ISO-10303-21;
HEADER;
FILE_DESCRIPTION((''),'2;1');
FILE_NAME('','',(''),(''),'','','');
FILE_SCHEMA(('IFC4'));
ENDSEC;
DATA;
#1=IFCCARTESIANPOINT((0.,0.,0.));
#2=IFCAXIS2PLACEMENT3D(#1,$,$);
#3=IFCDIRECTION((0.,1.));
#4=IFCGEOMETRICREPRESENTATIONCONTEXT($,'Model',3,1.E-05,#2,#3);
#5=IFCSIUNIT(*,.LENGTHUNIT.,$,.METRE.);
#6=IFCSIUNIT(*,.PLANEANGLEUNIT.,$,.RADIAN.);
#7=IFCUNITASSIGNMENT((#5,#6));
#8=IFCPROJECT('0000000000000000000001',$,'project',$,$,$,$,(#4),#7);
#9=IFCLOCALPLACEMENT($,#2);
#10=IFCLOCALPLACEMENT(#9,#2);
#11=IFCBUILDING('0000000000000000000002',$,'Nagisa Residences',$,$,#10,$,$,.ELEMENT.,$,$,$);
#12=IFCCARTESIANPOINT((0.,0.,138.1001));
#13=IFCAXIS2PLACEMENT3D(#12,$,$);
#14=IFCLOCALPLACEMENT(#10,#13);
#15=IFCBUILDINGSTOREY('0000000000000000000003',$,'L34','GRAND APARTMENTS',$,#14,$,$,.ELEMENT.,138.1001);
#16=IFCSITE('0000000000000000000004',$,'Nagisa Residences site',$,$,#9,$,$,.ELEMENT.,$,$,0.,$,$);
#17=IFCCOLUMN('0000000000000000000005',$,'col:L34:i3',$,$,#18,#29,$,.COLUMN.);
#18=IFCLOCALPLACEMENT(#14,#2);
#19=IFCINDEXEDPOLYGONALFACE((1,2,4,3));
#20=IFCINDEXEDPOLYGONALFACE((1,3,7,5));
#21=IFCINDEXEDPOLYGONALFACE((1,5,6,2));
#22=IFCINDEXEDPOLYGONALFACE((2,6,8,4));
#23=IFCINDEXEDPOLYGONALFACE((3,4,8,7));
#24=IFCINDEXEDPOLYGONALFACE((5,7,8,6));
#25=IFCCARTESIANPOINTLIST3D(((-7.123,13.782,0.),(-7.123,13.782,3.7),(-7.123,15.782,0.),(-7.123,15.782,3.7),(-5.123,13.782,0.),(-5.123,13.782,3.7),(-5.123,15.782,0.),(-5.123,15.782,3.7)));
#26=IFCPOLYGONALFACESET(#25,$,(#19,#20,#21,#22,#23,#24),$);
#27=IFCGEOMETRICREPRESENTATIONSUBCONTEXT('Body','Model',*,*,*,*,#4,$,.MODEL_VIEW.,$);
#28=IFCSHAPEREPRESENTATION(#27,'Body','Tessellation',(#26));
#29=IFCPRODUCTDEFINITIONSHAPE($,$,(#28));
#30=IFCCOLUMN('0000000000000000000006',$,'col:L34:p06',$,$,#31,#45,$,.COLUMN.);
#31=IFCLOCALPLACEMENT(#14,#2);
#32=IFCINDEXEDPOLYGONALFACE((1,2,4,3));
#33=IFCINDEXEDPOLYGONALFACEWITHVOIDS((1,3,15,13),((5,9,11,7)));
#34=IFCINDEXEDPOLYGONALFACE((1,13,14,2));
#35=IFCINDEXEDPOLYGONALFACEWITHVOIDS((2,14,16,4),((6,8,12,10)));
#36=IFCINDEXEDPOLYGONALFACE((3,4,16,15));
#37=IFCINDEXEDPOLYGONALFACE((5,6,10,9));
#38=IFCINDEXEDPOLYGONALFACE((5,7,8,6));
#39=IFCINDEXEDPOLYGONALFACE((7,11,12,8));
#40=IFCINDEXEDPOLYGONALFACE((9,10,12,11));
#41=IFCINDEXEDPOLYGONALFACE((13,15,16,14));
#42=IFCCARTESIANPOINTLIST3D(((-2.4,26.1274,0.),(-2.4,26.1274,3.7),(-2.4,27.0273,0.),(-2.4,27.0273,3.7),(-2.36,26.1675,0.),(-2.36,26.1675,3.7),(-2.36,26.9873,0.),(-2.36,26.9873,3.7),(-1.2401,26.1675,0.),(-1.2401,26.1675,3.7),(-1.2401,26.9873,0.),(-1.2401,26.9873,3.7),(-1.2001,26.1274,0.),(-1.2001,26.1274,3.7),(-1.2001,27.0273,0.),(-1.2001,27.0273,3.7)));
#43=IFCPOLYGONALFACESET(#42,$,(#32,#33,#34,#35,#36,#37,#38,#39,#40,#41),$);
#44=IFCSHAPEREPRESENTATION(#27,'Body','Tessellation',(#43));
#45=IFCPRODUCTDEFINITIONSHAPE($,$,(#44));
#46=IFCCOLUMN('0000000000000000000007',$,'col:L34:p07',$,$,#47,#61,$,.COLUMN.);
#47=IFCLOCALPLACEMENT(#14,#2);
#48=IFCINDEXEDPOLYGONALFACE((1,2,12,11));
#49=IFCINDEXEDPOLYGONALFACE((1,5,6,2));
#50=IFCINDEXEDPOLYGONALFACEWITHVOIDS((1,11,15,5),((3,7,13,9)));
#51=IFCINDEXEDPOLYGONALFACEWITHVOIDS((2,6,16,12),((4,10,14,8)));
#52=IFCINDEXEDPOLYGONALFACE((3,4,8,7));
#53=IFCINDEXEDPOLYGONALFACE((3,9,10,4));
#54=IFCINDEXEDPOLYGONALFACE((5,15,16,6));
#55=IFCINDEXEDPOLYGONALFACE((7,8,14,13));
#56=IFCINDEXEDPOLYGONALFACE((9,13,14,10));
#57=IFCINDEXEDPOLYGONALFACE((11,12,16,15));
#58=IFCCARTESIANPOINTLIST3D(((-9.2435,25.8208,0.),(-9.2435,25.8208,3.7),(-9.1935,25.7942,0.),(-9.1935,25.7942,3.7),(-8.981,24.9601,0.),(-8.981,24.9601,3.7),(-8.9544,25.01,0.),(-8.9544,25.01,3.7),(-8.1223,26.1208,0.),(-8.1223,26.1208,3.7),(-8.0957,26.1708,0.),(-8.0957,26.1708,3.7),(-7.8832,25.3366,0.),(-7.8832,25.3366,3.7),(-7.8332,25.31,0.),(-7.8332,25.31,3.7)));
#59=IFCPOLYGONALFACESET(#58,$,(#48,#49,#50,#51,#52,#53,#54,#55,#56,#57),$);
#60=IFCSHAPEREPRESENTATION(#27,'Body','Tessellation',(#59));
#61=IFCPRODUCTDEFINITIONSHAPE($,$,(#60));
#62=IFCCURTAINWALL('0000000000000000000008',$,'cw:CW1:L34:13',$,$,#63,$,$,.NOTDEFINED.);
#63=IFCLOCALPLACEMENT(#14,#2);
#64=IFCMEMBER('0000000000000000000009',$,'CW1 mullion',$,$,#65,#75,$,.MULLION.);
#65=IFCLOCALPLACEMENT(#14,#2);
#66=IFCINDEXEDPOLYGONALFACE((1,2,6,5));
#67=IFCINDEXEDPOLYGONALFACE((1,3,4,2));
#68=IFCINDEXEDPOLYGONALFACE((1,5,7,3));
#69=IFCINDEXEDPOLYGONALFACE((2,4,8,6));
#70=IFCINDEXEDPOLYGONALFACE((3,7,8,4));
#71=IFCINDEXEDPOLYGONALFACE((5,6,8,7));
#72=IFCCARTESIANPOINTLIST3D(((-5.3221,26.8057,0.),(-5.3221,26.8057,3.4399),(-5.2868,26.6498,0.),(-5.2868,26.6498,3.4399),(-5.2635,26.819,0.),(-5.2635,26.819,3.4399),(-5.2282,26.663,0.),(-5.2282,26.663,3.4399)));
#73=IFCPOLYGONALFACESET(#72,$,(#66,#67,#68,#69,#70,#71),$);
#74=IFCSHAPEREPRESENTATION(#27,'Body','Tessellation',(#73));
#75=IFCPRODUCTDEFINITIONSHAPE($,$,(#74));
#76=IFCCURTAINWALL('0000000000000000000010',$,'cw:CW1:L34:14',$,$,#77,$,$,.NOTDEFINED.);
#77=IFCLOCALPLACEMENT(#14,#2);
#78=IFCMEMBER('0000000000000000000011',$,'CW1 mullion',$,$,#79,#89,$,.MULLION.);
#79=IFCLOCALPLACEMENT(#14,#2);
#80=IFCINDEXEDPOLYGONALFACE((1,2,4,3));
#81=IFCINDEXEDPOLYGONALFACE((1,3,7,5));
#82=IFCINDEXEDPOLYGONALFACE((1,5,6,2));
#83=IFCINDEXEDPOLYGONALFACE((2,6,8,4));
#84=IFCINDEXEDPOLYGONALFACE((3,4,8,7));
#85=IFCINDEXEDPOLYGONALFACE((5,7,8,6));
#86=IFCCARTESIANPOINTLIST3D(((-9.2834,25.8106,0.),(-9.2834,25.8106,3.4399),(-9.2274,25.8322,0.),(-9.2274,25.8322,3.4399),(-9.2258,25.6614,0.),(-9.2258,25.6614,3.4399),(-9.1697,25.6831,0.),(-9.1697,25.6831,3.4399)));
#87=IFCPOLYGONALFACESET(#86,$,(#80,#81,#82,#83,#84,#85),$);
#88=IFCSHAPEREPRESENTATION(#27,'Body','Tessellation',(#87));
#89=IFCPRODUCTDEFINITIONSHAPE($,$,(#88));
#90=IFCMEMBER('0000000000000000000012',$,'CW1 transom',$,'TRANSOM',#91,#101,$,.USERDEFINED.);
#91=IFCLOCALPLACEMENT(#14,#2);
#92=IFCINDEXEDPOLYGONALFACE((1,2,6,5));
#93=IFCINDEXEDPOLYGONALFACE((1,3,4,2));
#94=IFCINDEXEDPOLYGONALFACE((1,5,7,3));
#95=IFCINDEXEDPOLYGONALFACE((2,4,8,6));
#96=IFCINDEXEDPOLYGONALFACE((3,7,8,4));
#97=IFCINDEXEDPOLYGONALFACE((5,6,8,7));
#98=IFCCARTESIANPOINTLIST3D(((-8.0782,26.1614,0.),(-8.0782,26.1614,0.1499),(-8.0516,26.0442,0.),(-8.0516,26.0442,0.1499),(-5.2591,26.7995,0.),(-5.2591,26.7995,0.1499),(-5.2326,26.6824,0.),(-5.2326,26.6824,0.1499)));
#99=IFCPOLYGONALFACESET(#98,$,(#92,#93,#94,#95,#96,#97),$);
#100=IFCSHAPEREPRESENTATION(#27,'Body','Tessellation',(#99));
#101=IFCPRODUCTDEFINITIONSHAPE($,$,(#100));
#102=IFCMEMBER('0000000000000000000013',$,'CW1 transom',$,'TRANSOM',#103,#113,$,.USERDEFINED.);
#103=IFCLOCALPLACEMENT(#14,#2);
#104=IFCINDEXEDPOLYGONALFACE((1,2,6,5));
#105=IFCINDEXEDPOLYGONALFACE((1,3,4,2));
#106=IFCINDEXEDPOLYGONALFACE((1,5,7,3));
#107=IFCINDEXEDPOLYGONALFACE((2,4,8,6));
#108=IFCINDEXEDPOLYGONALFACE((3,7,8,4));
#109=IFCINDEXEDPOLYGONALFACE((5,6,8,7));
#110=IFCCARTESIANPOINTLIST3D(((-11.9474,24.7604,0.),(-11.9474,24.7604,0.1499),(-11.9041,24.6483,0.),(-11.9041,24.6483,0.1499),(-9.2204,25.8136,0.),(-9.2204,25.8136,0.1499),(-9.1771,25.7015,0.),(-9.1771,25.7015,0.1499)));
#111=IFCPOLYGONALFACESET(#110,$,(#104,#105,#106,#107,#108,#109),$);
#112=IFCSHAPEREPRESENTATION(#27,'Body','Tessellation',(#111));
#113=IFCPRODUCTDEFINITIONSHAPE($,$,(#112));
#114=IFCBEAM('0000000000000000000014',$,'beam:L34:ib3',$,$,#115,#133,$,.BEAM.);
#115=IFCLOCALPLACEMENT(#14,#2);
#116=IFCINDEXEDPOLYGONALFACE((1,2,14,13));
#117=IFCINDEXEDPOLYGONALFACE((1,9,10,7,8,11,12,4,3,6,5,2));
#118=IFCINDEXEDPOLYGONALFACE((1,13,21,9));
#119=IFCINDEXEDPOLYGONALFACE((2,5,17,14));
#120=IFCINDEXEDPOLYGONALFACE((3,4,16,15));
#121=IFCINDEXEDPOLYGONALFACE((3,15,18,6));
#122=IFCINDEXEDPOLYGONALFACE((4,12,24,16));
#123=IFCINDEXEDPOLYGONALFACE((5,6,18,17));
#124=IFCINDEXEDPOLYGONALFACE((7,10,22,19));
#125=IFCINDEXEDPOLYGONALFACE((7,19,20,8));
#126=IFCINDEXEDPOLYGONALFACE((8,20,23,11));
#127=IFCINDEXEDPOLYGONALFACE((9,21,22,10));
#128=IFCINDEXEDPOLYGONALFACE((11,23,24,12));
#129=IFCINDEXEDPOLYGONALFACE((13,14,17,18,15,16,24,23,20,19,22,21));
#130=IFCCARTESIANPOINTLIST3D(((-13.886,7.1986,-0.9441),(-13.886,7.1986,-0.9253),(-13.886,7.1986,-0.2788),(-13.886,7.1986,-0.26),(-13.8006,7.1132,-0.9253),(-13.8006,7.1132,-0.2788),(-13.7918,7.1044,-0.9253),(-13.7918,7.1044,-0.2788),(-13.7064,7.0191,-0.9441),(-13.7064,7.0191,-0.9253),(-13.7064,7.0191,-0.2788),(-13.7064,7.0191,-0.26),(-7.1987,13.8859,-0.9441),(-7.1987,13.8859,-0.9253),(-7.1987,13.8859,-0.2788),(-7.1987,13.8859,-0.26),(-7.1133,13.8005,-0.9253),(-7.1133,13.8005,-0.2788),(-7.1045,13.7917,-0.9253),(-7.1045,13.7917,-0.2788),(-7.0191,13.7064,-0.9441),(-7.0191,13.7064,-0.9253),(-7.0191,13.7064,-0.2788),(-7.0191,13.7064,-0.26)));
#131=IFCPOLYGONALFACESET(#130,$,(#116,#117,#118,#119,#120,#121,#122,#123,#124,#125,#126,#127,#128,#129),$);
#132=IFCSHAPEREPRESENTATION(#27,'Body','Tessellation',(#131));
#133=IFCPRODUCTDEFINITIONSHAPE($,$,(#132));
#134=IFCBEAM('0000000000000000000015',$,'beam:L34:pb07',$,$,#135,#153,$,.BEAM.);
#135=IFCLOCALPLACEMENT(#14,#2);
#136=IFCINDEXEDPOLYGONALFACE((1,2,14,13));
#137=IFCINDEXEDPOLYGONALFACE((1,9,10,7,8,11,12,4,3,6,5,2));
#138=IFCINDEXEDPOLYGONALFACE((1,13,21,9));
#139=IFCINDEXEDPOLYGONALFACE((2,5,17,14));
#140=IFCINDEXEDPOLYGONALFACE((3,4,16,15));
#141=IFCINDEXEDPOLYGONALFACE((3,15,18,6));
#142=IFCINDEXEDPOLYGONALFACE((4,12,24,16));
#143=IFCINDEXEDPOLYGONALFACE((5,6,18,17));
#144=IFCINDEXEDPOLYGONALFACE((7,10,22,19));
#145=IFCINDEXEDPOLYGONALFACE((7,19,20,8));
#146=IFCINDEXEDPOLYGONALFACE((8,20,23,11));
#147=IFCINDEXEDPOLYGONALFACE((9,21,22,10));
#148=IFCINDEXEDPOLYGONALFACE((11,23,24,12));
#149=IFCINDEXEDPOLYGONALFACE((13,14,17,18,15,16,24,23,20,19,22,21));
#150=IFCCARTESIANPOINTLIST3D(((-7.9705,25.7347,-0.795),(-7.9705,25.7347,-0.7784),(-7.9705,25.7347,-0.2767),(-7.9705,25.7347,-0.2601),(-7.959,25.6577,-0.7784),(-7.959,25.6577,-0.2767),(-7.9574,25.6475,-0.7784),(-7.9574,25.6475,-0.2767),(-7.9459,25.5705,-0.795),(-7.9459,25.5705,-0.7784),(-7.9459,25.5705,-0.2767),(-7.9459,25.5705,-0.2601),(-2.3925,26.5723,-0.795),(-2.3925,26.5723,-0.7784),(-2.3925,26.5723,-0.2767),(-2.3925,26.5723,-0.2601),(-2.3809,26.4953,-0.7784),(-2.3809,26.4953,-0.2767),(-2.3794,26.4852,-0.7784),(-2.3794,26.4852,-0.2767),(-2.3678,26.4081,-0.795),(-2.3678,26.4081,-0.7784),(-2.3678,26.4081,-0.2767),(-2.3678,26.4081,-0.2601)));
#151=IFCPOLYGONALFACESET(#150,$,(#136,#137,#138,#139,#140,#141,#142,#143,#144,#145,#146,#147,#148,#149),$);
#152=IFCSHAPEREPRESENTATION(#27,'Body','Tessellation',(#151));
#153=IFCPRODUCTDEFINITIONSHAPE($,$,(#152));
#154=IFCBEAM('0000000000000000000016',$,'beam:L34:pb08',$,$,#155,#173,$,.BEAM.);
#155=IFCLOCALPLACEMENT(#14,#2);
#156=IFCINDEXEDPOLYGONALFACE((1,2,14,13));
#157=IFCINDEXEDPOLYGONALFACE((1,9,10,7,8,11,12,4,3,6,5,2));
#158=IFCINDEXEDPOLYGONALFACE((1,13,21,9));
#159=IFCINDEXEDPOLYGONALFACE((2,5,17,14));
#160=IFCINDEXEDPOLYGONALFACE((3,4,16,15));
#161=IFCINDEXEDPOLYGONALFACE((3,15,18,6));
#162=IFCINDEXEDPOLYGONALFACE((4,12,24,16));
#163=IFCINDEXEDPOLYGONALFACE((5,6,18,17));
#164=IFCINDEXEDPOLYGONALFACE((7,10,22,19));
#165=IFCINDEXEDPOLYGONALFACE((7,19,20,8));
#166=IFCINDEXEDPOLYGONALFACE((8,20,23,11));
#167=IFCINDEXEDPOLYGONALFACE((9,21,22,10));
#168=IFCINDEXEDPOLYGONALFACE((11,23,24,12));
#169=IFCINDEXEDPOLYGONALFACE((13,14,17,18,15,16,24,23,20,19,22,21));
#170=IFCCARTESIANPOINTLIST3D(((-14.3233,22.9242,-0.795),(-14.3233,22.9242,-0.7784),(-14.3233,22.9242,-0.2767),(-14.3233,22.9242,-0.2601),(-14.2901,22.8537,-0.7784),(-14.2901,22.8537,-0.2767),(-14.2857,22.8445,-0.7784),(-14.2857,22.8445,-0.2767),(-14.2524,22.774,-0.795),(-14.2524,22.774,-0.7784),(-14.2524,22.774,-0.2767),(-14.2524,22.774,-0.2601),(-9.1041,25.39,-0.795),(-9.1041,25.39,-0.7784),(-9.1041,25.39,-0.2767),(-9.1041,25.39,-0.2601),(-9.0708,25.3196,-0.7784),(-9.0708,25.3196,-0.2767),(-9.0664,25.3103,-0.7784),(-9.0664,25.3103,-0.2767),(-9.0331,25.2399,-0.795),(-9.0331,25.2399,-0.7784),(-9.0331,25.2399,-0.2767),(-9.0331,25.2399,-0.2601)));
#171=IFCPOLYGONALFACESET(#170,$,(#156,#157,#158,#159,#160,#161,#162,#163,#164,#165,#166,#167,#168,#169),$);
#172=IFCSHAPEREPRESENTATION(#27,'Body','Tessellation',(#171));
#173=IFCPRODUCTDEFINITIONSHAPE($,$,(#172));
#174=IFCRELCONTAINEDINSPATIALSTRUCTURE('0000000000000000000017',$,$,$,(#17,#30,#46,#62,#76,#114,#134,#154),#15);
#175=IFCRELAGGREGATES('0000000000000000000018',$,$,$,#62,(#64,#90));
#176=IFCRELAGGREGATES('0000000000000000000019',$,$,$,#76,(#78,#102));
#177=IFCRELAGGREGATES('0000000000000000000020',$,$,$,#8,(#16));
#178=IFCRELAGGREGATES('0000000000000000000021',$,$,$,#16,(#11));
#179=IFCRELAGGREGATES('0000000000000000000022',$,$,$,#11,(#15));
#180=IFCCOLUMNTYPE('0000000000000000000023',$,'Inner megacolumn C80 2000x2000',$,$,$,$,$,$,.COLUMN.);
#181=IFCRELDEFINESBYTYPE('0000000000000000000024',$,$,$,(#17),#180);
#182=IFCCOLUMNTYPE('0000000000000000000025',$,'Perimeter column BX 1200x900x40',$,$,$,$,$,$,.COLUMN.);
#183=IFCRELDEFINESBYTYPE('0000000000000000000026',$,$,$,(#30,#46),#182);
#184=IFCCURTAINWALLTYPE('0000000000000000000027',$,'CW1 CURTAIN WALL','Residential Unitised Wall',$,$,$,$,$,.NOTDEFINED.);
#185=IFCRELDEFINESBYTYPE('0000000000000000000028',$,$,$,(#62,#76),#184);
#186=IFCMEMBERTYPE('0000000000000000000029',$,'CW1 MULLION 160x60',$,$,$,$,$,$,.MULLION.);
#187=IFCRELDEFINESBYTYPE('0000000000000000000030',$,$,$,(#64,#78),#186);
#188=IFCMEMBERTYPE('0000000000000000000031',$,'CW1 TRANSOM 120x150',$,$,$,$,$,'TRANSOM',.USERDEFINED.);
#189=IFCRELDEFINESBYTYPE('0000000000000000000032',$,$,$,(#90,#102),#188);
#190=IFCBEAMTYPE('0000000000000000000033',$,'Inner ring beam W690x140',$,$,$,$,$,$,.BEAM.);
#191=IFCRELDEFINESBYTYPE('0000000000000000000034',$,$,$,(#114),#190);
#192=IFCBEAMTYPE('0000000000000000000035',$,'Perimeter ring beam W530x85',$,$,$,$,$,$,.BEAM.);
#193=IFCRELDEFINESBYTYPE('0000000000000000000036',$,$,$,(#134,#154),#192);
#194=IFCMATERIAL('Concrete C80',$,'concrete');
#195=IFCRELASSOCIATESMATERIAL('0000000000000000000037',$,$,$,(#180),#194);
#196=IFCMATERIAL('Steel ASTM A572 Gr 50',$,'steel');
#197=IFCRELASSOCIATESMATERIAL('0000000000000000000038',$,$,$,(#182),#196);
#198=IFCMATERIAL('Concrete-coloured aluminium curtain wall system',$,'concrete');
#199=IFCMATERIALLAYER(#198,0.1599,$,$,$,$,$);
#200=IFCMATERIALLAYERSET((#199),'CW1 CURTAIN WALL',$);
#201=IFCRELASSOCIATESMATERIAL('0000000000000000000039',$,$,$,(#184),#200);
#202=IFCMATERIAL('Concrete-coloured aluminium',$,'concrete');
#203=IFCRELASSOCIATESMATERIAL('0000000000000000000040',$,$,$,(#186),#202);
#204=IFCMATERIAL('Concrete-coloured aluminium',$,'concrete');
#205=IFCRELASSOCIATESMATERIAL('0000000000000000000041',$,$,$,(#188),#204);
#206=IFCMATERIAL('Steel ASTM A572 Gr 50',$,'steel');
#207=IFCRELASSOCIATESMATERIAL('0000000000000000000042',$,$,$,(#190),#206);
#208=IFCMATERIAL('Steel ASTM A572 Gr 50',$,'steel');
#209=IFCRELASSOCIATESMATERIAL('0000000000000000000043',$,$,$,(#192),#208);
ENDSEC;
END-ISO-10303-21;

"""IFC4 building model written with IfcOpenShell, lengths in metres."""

from ifc_helpers import new_model, si_unit, direction, frame, origin, origin_2d, place, context, subcontext, project, spatial, rectangle, hollow_rectangle, i_section, extrude, material, layer, layer_set, material_profile, profile_set, type_object, element, aggregate, save


model = new_model("IFC4")

# Units and contexts
model_context = context("Model", 3, precision=1e-05, world=origin(), true_north=direction((0.0, 1.0)))
body_context = subcontext(model_context, "Body", "Model", "MODEL_VIEW")
ifc_project = project(units=[si_unit("LENGTHUNIT", "METRE"), si_unit("PLANEANGLEUNIT", "RADIAN")], contexts=[model_context])

# Site, building, storey
site_placement = place(None, origin())
site = spatial("IfcSite", under=ifc_project, at=site_placement, Name="Nagisa Residences site", CompositionType="ELEMENT", RefElevation=0.0)
building_placement = place(site_placement, origin())
building = spatial("IfcBuilding", under=site, at=building_placement, Name="Nagisa Residences", CompositionType="ELEMENT")
storey_placement = place(building_placement, frame((0.0, 0.0, 138.1001)))
storey = spatial("IfcBuildingStorey", under=building, at=storey_placement, Name="L34", Description="GRAND APARTMENTS", CompositionType="ELEMENT", Elevation=138.1001)

# Columns
ifc_material_1 = material(Name="Concrete C80", Category="concrete")
ifc_material_profile_1 = material_profile(ifc_material_1, rectangle(XDim=2.0, YDim=2.0, at=origin_2d()), Name="C80 2000x2000")
ifc_profile_set_1 = profile_set([ifc_material_profile_1], Name="Concrete C80")
column_type_1 = type_object("IfcColumnType", Name="Inner megacolumn C80 2000x2000", PredefinedType="COLUMN", material=ifc_profile_set_1)
column_placement = place(storey_placement, frame((-6.123, 14.782, 0.0), z_axis=(0.0, 0.0, 1.0), x_axis=(1.0, 0.0, 0.0)))
element("IfcColumn", 1, at=column_placement, inside=storey, type_object=column_type_1, Name="col:L34:i3", PredefinedType="COLUMN", context=body_context, shape_type="SweptSolid", body=[
    extrude(rectangle(XDim=2.0, YDim=2.0, at=origin_2d()), origin(), (0.0, 0.0, 1.0), 3.7),
])
ifc_material_2 = material(Name="Steel ASTM A572 Gr 50", Category="steel")
ifc_material_profile_2 = material_profile(ifc_material_2, hollow_rectangle(XDim=1.2, YDim=0.8999, WallThickness=0.04, at=origin_2d()), Name="BX 1200x900x40")
ifc_profile_set_2 = profile_set([ifc_material_profile_2], Name="Steel ASTM A572 Gr 50")
column_type_2 = type_object("IfcColumnType", Name="Perimeter column BX 1200x900x40", PredefinedType="COLUMN", material=ifc_profile_set_2)
for number, where, z_axis, x_axis, name in (
    (2, (-1.8, 26.5774, 0.0), (0.0, 0.0, 1.0), (-1.0, 0.0, 0.0), "col:L34:p06"),
    (3, (-8.5383, 25.5654, 0.0), (0.0, 0.0, 1.0), (-0.956525, -0.291652, 0.0), "col:L34:p07"),
):
    element("IfcColumn", number, at=place(storey_placement, frame(where, z_axis=z_axis, x_axis=x_axis)), inside=storey, type_object=column_type_2, Name=name, PredefinedType="COLUMN", context=body_context, shape_type="SweptSolid", body=[
        extrude(hollow_rectangle(XDim=1.2, YDim=0.8999, WallThickness=0.04, at=origin_2d()), origin(), (0.0, 0.0, 1.0), 3.7),
    ])

# Curtain walls, members
ifc_material_3 = material(Name="Concrete-coloured aluminium curtain wall system", Category="concrete")
ifc_layer_1 = layer(ifc_material_3, 0.1599)
ifc_layer_set_1 = layer_set([ifc_layer_1], Name="CW1 CURTAIN WALL")
curtain_wall_type = type_object("IfcCurtainWallType", Name="CW1 CURTAIN WALL", Description="Residential Unitised Wall", PredefinedType="NOTDEFINED", material=ifc_layer_set_1)
curtain_wall_1_placement = place(storey_placement, origin())
curtain_wall_1 = element("IfcCurtainWall", 4, at=curtain_wall_1_placement, inside=storey, type_object=curtain_wall_type, Name="cw:CW1:L34:13", PredefinedType="NOTDEFINED")
ifc_material_4 = material(Name="Concrete-coloured aluminium", Category="concrete")
ifc_material_profile_3 = material_profile(ifc_material_4, rectangle(XDim=0.1599, YDim=0.0601, at=origin_2d()), Name="CW1 MULLION 160x60")
ifc_profile_set_3 = profile_set([ifc_material_profile_3], Name="Concrete-coloured aluminium")
member_type_1 = type_object("IfcMemberType", Name="CW1 MULLION 160x60", PredefinedType="MULLION", material=ifc_profile_set_3)
member_1_placement = place(storey_placement, frame((-5.2751, 26.7344, 0.0), z_axis=(0.0, 0.0, 1.0), x_axis=(0.220764, -0.975327, 0.0)))
member_1 = element("IfcMember", 5, at=member_1_placement, type_object=member_type_1, Name="CW1 mullion", PredefinedType="MULLION", context=body_context, shape_type="SweptSolid", body=[
    extrude(rectangle(XDim=0.1599, YDim=0.0601, at=origin_2d()), origin(), (0.0, 0.0, 1.0), 3.4399),
])
curtain_wall_2_placement = place(storey_placement, origin())
curtain_wall_2 = element("IfcCurtainWall", 6, at=curtain_wall_2_placement, inside=storey, type_object=curtain_wall_type, Name="cw:CW1:L34:14", PredefinedType="NOTDEFINED")
member_2_placement = place(storey_placement, frame((-9.2266, 25.7468, 0.0), z_axis=(0.0, 0.0, 1.0), x_axis=(0.360328, -0.932826, 0.0)))
member_2 = element("IfcMember", 7, at=member_2_placement, type_object=member_type_1, Name="CW1 mullion", PredefinedType="MULLION", context=body_context, shape_type="SweptSolid", body=[
    extrude(rectangle(XDim=0.1599, YDim=0.0601, at=origin_2d()), origin(), (0.0, 0.0, 1.0), 3.4399),
])

# Members
ifc_material_5 = material(Name="Concrete-coloured aluminium", Category="concrete")
ifc_material_profile_4 = material_profile(ifc_material_5, rectangle(XDim=0.1201, YDim=0.1499, at=origin_2d()), Name="CW1 TRANSOM 120x150")
ifc_profile_set_4 = profile_set([ifc_material_profile_4], Name="Concrete-coloured aluminium")
member_type_2 = type_object("IfcMemberType", Name="CW1 TRANSOM 120x150", ElementType="TRANSOM", PredefinedType="USERDEFINED", material=ifc_profile_set_4)
member_3_placement = place(storey_placement, frame((-5.2458, 26.741, 0.075), z_axis=(-0.975321, -0.220792, 0.0), x_axis=(0.220792, -0.975321, 0.0)))
member_3 = element("IfcMember", 8, at=member_3_placement, type_object=member_type_2, Name="CW1 transom", ObjectType="TRANSOM", PredefinedType="USERDEFINED", context=body_context, shape_type="SweptSolid", body=[
    extrude(rectangle(XDim=0.1201, YDim=0.1499, at=origin_2d()), origin(), (0.0, 0.0, 1.0), 2.8904),
])
member_4_placement = place(storey_placement, frame((-9.1987, 25.7576, 0.075), z_axis=(-0.932845, -0.360277, 0.0), x_axis=(0.360277, -0.932845, 0.0)))
member_4 = element("IfcMember", 9, at=member_4_placement, type_object=member_type_2, Name="CW1 transom", ObjectType="TRANSOM", PredefinedType="USERDEFINED", context=body_context, shape_type="SweptSolid", body=[
    extrude(rectangle(XDim=0.1201, YDim=0.1499, at=origin_2d()), origin(), (0.0, 0.0, 1.0), 2.9233),
])

# Beams
ifc_material_6 = material(Name="Steel ASTM A572 Gr 50", Category="steel")
ifc_material_profile_5 = material_profile(ifc_material_6, i_section(OverallWidth=0.2539, OverallDepth=0.6841, WebThickness=0.0125, FlangeThickness=0.0188, at=origin_2d()), Name="W690x140")
ifc_profile_set_5 = profile_set([ifc_material_profile_5], Name="Steel ASTM A572 Gr 50")
beam_type_1 = type_object("IfcBeamType", Name="Inner ring beam W690x140", PredefinedType="BEAM", material=ifc_profile_set_5)
beam_1_placement = place(storey_placement, frame((-7.1089, 13.7961, -0.6021), z_axis=(-0.707107, -0.707107, 0.0), x_axis=(0.707107, -0.707107, 0.0)))
element("IfcBeam", 10, at=beam_1_placement, inside=storey, type_object=beam_type_1, Name="beam:L34:ib3", PredefinedType="BEAM", context=body_context, shape_type="SweptSolid", body=[
    extrude(i_section(OverallWidth=0.2539, OverallDepth=0.6841, WebThickness=0.0125, FlangeThickness=0.0188, at=origin_2d()), origin(), (0.0, 0.0, 1.0), 9.4573),
])
ifc_material_7 = material(Name="Steel ASTM A572 Gr 50", Category="steel")
ifc_material_profile_6 = material_profile(ifc_material_7, i_section(OverallWidth=0.166, OverallDepth=0.5349, WebThickness=0.0103, FlangeThickness=0.0166, at=origin_2d()), Name="W530x85")
ifc_profile_set_6 = profile_set([ifc_material_profile_6], Name="Steel ASTM A572 Gr 50")
beam_type_2 = type_object("IfcBeamType", Name="Perimeter ring beam W530x85", PredefinedType="BEAM", material=ifc_profile_set_6)
beam_2_placement = place(storey_placement, frame((-2.3801, 26.4902, -0.5276), z_axis=(-0.988912, -0.148501, 0.0), x_axis=(0.148501, -0.988912, 0.0)))
element("IfcBeam", 11, at=beam_2_placement, inside=storey, type_object=beam_type_2, Name="beam:L34:pb07", PredefinedType="BEAM", context=body_context, shape_type="SweptSolid", body=[
    extrude(i_section(OverallWidth=0.166, OverallDepth=0.5349, WebThickness=0.0103, FlangeThickness=0.0166, at=origin_2d()), origin(), (0.0, 0.0, 1.0), 5.6406),
])
beam_3_placement = place(storey_placement, frame((-9.0686, 25.3149, -0.5276), z_axis=(-0.90417, -0.427173, 0.0), x_axis=(0.427173, -0.90417, 0.0)))
element("IfcBeam", 12, at=beam_3_placement, inside=storey, type_object=beam_type_2, Name="beam:L34:pb08", PredefinedType="BEAM", context=body_context, shape_type="SweptSolid", body=[
    extrude(i_section(OverallWidth=0.166, OverallDepth=0.5349, WebThickness=0.0103, FlangeThickness=0.0166, at=origin_2d()), origin(), (0.0, 0.0, 1.0), 5.7725),
])

aggregate(curtain_wall_1, [member_1, member_3])
aggregate(curtain_wall_2, [member_2, member_4])

save(model, "model.ifc")
